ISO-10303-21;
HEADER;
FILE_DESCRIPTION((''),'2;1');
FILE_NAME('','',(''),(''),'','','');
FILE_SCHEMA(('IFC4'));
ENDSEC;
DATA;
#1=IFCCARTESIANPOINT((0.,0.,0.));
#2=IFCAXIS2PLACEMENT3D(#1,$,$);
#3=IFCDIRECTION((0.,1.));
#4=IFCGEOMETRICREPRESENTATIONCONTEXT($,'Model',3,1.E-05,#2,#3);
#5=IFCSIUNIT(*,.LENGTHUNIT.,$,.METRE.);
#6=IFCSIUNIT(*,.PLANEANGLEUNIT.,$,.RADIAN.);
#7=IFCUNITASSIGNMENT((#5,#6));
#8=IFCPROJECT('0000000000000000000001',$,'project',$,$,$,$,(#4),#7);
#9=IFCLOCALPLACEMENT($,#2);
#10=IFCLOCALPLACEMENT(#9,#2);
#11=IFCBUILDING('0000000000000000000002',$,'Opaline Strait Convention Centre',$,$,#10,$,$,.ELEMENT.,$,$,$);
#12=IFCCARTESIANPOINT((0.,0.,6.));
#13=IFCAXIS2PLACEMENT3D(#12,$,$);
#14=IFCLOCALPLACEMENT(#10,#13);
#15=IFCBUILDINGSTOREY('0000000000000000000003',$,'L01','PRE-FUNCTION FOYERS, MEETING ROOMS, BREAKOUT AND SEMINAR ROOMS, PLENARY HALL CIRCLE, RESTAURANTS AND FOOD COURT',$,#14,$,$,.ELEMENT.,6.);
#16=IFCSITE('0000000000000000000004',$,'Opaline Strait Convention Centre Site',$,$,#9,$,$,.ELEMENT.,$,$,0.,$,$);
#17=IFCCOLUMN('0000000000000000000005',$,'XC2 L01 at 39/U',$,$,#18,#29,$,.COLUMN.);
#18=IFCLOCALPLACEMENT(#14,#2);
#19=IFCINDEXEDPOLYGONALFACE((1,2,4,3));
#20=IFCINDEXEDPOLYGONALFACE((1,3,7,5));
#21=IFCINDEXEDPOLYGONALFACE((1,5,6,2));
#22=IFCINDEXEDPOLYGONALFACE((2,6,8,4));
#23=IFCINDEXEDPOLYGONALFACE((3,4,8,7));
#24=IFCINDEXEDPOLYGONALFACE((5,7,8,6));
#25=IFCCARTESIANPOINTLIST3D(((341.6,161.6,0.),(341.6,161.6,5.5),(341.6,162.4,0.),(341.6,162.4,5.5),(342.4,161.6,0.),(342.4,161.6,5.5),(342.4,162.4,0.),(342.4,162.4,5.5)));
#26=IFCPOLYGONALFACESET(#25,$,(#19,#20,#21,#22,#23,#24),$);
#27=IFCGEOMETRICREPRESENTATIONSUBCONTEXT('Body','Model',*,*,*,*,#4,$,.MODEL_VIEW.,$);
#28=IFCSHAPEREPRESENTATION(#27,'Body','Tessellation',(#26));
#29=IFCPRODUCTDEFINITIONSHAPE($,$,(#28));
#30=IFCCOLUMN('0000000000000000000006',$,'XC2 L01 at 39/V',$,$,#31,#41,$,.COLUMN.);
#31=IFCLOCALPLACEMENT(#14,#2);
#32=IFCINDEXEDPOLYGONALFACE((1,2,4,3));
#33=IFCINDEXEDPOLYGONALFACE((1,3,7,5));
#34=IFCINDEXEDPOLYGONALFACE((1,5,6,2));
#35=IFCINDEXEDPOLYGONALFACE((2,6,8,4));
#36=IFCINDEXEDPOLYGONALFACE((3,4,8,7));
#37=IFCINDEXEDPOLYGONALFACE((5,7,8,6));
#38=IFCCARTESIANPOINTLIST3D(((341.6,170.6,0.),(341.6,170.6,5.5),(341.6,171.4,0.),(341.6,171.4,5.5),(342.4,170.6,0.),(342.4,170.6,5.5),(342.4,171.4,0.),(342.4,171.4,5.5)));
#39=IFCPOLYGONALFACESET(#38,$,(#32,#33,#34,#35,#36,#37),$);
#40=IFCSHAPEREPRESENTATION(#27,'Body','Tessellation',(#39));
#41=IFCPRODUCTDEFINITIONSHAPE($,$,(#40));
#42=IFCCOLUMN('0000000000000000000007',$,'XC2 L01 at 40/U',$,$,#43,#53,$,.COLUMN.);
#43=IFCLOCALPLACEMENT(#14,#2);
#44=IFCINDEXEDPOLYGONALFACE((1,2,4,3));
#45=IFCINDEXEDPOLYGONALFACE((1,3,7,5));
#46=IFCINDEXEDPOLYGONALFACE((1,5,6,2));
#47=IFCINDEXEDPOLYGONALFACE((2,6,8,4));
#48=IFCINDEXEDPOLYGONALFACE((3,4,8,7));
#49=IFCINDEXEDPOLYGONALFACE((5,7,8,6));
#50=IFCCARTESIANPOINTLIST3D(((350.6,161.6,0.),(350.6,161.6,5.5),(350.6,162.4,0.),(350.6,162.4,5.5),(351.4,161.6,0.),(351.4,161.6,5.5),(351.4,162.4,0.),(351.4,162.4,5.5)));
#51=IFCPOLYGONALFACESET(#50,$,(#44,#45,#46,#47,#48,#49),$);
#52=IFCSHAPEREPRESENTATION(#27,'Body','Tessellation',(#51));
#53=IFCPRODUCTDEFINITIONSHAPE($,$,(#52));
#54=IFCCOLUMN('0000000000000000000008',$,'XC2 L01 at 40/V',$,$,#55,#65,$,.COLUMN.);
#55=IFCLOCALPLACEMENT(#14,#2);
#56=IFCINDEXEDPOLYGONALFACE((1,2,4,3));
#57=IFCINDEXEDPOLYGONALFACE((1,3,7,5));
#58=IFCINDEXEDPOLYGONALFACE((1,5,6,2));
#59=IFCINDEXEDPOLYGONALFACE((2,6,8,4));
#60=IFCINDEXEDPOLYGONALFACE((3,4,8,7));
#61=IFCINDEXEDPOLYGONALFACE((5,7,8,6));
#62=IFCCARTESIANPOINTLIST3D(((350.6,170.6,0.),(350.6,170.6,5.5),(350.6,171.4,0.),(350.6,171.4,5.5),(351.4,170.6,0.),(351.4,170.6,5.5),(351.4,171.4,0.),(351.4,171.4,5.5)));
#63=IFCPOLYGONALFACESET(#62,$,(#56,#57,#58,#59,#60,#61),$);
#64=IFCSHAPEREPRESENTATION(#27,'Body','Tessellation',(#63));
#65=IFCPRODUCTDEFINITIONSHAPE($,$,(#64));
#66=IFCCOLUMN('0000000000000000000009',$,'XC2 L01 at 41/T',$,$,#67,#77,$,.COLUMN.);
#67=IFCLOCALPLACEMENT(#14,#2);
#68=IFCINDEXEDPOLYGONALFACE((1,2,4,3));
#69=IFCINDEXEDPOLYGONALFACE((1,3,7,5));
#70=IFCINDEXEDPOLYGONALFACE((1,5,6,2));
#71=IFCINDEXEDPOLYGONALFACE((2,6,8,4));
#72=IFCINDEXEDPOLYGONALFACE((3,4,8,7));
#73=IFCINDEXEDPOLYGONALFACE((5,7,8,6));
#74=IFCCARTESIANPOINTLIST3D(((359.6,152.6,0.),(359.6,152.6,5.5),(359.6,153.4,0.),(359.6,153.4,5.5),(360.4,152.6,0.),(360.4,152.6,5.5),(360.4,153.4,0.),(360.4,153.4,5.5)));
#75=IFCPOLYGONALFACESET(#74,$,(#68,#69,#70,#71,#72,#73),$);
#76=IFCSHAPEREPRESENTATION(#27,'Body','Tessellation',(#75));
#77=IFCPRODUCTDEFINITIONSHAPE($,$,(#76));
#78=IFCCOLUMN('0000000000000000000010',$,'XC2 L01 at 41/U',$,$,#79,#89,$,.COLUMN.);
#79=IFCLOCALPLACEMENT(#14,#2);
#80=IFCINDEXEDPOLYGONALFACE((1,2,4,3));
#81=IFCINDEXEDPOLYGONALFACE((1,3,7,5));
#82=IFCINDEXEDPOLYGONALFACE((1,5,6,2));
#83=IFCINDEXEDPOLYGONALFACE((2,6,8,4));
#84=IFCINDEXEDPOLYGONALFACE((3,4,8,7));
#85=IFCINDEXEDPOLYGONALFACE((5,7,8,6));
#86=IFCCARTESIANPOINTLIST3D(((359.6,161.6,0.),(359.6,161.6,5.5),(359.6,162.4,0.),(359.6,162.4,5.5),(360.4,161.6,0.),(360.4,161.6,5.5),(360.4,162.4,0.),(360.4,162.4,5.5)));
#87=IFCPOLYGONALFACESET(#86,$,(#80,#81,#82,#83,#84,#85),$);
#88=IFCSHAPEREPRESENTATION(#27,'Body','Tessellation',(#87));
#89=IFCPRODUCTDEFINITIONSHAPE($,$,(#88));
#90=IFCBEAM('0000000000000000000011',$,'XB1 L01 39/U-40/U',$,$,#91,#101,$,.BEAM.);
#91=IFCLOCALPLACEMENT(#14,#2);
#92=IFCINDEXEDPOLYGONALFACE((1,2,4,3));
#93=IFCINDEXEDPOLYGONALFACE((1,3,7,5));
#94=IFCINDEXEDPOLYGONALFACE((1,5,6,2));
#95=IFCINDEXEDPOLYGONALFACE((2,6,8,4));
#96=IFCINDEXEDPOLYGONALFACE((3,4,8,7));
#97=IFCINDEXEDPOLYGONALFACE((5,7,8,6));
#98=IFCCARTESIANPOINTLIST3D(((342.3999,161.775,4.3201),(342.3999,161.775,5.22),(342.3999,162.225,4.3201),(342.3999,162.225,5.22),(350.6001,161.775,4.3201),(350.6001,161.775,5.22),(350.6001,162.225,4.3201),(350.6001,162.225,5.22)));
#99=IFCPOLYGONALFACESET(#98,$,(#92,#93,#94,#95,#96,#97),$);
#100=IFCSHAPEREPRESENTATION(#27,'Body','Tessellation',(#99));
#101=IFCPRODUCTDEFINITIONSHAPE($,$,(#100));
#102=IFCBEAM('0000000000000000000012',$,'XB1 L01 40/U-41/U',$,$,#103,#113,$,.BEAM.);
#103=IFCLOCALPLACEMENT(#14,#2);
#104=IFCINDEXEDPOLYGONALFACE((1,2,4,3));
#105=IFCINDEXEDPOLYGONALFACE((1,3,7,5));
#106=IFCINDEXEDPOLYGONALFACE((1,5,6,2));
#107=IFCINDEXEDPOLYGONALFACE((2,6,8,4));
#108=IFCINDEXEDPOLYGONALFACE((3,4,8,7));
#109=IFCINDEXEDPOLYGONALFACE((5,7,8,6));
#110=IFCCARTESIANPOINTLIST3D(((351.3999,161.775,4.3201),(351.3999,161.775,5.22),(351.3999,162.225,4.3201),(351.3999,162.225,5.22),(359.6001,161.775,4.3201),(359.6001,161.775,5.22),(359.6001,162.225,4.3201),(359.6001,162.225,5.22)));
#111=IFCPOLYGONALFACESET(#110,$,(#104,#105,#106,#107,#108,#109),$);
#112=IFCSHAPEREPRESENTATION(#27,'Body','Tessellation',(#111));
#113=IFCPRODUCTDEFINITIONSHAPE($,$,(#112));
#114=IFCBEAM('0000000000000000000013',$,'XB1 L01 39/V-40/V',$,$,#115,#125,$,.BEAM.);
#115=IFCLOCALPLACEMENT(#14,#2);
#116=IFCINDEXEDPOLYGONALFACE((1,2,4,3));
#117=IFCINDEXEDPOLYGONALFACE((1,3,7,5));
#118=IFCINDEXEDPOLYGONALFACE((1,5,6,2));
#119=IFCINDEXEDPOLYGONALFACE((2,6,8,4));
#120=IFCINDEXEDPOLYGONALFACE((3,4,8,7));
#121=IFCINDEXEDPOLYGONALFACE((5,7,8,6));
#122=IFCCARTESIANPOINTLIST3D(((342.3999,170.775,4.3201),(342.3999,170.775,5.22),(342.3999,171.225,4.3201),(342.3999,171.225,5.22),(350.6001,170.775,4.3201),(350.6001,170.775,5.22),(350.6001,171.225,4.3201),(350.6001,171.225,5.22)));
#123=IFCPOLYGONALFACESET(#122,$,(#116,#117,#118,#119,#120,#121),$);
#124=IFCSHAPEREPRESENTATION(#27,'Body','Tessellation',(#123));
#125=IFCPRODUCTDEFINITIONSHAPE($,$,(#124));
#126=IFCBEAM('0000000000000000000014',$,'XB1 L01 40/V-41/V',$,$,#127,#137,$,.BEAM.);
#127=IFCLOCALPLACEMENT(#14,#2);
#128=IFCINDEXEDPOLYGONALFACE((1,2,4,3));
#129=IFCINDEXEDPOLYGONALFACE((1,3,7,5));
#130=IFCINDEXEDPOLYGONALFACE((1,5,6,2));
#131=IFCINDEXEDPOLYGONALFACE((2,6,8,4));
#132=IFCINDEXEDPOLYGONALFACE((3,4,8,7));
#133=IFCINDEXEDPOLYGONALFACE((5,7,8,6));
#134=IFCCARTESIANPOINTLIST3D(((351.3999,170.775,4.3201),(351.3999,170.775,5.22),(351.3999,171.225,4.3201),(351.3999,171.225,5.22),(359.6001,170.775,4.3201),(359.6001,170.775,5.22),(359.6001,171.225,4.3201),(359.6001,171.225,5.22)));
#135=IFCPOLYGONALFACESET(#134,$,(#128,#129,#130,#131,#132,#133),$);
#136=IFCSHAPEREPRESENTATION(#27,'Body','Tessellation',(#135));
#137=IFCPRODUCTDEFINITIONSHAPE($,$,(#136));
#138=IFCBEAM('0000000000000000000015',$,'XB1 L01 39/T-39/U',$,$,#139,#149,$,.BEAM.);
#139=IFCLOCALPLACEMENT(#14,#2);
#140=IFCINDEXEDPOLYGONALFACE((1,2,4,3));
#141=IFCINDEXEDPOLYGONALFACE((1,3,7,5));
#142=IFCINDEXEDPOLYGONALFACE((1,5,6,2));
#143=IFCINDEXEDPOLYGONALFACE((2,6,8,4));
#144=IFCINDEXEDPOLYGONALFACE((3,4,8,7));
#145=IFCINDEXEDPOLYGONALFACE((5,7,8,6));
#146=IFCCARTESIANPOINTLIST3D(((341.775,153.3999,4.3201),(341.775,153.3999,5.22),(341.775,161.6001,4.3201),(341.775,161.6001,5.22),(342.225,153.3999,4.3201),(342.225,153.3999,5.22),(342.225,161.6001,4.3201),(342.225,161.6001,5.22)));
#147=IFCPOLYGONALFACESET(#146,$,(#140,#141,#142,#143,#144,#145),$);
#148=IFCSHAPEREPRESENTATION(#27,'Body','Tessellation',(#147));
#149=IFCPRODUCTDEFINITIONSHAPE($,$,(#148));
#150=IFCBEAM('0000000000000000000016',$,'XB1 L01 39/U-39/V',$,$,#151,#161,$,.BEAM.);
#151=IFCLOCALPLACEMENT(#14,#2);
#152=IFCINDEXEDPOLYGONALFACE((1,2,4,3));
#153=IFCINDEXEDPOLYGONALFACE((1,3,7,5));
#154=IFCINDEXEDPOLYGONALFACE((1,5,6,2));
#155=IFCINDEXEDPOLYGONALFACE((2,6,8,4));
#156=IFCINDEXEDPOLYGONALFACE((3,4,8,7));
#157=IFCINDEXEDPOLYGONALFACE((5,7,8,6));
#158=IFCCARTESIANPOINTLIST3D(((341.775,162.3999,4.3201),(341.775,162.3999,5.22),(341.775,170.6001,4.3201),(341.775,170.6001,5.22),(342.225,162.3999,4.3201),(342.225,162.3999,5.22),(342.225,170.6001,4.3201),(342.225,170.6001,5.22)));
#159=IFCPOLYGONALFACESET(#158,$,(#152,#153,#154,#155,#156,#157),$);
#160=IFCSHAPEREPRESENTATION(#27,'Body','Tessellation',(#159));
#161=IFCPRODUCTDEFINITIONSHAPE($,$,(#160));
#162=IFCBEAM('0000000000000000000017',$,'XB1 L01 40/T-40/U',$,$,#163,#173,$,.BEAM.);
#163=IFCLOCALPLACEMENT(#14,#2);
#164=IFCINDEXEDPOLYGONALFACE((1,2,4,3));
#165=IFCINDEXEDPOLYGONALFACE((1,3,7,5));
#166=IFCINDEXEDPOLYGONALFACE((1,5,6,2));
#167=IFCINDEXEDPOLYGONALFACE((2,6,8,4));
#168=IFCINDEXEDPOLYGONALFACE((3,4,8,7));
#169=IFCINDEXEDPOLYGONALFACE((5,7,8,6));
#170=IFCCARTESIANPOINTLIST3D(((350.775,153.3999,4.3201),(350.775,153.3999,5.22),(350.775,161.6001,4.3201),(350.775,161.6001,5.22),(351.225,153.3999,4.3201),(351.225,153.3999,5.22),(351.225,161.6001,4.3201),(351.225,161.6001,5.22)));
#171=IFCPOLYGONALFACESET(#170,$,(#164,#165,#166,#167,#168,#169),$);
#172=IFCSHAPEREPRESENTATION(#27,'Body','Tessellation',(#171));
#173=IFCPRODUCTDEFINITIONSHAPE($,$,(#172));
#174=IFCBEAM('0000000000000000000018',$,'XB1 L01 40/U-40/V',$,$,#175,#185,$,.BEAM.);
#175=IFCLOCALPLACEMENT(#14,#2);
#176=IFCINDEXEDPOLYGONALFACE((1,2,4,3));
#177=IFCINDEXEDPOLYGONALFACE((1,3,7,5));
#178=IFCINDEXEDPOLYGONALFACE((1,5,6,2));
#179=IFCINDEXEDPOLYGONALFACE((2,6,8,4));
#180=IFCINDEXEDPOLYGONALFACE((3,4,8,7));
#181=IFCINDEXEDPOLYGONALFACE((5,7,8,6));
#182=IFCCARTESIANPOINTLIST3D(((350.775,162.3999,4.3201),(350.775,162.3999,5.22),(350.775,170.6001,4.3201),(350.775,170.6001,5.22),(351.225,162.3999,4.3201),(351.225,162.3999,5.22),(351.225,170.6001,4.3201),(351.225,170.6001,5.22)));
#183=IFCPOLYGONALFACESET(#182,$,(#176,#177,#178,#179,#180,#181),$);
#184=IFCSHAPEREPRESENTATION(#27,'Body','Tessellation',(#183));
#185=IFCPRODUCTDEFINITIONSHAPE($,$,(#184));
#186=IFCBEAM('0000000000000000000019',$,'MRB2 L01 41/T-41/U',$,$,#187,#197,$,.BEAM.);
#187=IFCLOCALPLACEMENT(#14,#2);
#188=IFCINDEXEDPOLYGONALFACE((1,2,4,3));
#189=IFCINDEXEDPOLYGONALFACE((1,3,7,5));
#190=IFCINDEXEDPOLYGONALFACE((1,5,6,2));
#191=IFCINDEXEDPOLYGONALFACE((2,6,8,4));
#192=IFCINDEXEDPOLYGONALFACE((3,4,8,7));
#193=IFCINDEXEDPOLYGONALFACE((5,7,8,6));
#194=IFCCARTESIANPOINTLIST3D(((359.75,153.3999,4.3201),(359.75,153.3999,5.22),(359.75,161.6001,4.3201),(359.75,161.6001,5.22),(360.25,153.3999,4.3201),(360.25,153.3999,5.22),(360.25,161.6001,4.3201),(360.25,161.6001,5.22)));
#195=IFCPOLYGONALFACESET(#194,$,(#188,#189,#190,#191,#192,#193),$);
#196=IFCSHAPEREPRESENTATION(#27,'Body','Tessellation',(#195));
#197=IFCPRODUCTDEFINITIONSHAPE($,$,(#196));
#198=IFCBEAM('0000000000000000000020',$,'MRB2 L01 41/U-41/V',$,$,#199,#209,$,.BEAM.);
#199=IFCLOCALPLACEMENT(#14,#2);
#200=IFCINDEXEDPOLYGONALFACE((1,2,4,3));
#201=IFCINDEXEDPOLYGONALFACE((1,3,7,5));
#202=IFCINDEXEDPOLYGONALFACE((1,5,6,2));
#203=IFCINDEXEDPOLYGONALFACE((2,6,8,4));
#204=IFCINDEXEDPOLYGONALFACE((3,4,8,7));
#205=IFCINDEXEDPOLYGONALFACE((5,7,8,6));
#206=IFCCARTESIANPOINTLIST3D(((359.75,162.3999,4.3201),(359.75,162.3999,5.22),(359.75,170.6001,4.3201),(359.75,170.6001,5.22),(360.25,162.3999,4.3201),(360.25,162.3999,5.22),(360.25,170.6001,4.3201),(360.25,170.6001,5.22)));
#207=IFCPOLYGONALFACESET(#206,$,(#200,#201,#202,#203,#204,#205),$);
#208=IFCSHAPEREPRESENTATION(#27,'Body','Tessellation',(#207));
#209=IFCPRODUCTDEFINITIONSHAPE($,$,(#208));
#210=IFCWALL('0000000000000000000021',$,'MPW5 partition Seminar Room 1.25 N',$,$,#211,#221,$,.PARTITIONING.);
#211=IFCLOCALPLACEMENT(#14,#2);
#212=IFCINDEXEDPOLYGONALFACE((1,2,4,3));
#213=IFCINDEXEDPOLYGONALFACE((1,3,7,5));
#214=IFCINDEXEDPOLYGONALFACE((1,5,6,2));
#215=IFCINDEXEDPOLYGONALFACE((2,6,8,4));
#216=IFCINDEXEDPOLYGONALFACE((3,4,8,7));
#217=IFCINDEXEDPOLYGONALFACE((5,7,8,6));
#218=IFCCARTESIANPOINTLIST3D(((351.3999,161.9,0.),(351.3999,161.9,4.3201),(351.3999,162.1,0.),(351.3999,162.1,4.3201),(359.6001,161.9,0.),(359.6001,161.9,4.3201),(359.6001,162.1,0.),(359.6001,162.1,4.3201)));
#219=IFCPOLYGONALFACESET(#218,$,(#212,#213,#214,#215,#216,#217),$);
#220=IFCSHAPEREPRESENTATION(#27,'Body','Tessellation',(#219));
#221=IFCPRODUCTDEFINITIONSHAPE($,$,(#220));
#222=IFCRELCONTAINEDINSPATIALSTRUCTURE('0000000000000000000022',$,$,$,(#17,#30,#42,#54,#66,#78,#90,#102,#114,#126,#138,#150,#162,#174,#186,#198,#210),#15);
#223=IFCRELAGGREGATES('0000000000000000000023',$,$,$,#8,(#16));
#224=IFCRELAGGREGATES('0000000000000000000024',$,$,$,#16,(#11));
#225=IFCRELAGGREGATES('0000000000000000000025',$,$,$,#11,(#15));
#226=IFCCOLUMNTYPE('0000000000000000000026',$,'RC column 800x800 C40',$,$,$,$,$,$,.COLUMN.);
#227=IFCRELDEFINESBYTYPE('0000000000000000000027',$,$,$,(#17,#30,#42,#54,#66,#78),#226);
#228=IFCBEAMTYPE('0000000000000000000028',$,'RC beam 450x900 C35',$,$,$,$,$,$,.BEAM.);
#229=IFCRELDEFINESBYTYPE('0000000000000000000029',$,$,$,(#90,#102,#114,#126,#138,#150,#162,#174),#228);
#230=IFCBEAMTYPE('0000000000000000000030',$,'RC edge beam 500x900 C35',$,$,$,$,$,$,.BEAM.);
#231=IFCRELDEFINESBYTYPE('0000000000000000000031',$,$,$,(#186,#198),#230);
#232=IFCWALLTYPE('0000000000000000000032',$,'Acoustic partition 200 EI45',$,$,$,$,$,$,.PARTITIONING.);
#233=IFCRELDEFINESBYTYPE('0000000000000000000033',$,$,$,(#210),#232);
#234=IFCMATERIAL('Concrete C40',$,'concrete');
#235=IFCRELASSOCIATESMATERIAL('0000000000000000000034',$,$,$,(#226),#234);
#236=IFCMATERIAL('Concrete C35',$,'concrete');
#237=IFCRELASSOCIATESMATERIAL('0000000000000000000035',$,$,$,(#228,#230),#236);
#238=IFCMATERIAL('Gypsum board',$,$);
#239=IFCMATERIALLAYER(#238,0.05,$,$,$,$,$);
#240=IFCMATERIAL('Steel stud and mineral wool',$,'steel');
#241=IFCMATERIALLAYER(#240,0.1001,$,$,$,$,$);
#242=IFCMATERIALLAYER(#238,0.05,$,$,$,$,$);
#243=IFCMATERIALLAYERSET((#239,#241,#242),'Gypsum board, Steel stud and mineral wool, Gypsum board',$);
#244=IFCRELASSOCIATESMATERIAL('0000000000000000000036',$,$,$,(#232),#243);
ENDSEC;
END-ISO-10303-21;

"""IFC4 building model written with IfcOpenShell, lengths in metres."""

from ifc_helpers import new_model, si_unit, direction, frame, frame_2d, origin, origin_2d, place, context, subcontext, project, spatial, rectangle, extrude, material, layer, layer_set, material_profile, profile_set, type_object, element, save


model = new_model("IFC4")

# Units and contexts
model_context = context("Model", 3, precision=1e-05, world=origin(), true_north=direction((0.0, 1.0)))
body_context = subcontext(model_context, "Body", "Model", "MODEL_VIEW")
ifc_project = project(units=[si_unit("LENGTHUNIT", "METRE"), si_unit("PLANEANGLEUNIT", "RADIAN")], contexts=[model_context])

# Site, building, storey
site_placement = place(None, origin())
site = spatial("IfcSite", under=ifc_project, at=site_placement, Name="Opaline Strait Convention Centre Site", CompositionType="ELEMENT", RefElevation=0.0)
building_placement = place(site_placement, origin())
building = spatial("IfcBuilding", under=site, at=building_placement, Name="Opaline Strait Convention Centre", CompositionType="ELEMENT")
storey_placement = place(building_placement, frame((0.0, 0.0, 6.0)))
storey = spatial("IfcBuildingStorey", under=building, at=storey_placement, Name="L01", Description="PRE-FUNCTION FOYERS, MEETING ROOMS, BREAKOUT AND SEMINAR ROOMS, PLENARY HALL CIRCLE, RESTAURANTS AND FOOD COURT", CompositionType="ELEMENT", Elevation=6.0)

# Columns
ifc_material_1 = material(Name="Concrete C40", Category="concrete")
ifc_material_profile_1 = material_profile(ifc_material_1, rectangle(XDim=0.8, YDim=0.8, at=origin_2d()), Name="RC 800x800")
ifc_profile_set_1 = profile_set([ifc_material_profile_1], Name="Concrete C40")
column_type = type_object("IfcColumnType", Name="RC column 800x800 C40", PredefinedType="COLUMN", material=ifc_profile_set_1)
for number, where, z_axis, x_axis, name in (
    (1, (342.0, 162.0, 0.0), (0.0, 0.0, 1.0), (1.0, 0.0, 0.0), "XC2 L01 at 39/U"),
    (2, (342.0, 171.0, 0.0), (0.0, 0.0, 1.0), (1.0, 0.0, 0.0), "XC2 L01 at 39/V"),
    (3, (351.0, 162.0, 0.0), (0.0, 0.0, 1.0), (1.0, 0.0, 0.0), "XC2 L01 at 40/U"),
    (4, (351.0, 171.0, 0.0), (0.0, 0.0, 1.0), (1.0, 0.0, 0.0), "XC2 L01 at 40/V"),
    (5, (360.0, 153.0, 0.0), (0.0, 0.0, 1.0), (1.0, 0.0, 0.0), "XC2 L01 at 41/T"),
    (6, (360.0, 162.0, 0.0), (0.0, 0.0, 1.0), (1.0, 0.0, 0.0), "XC2 L01 at 41/U"),
):
    element("IfcColumn", number, at=place(storey_placement, frame(where, z_axis=z_axis, x_axis=x_axis)), inside=storey, type_object=column_type, Name=name, PredefinedType="COLUMN", context=body_context, shape_type="SweptSolid", body=[
        extrude(rectangle(XDim=0.8, YDim=0.8, at=origin_2d()), origin(), (0.0, 0.0, 1.0), 5.5),
    ])

# Beams
ifc_material_2 = material(Name="Concrete C35", Category="concrete")
ifc_material_profile_2 = material_profile(ifc_material_2, rectangle(XDim=0.45, YDim=0.8999, at=origin_2d()), Name="RC 450x900")
ifc_profile_set_2 = profile_set([ifc_material_profile_2], Name="Concrete C35")
beam_type_1 = type_object("IfcBeamType", Name="RC beam 450x900 C35", PredefinedType="BEAM", material=ifc_profile_set_2)
for number, where, z_axis, x_axis, name in (
    (7, (342.3999, 162.0, 4.77), (1.0, 0.0, 0.0), (0.0, 1.0, 0.0), "XB1 L01 39/U-40/U"),
    (8, (351.3999, 162.0, 4.77), (1.0, 0.0, 0.0), (0.0, 1.0, 0.0), "XB1 L01 40/U-41/U"),
    (9, (342.3999, 171.0, 4.77), (1.0, 0.0, 0.0), (0.0, 1.0, 0.0), "XB1 L01 39/V-40/V"),
    (10, (351.3999, 171.0, 4.77), (1.0, 0.0, 0.0), (0.0, 1.0, 0.0), "XB1 L01 40/V-41/V"),
    (11, (342.0, 153.3999, 4.77), (0.0, 1.0, 0.0), (-1.0, 0.0, 0.0), "XB1 L01 39/T-39/U"),
    (12, (342.0, 162.3999, 4.77), (0.0, 1.0, 0.0), (-1.0, 0.0, 0.0), "XB1 L01 39/U-39/V"),
    (13, (351.0, 153.3999, 4.77), (0.0, 1.0, 0.0), (-1.0, 0.0, 0.0), "XB1 L01 40/T-40/U"),
    (14, (351.0, 162.3999, 4.77), (0.0, 1.0, 0.0), (-1.0, 0.0, 0.0), "XB1 L01 40/U-40/V"),
):
    element("IfcBeam", number, at=place(storey_placement, frame(where, z_axis=z_axis, x_axis=x_axis)), inside=storey, type_object=beam_type_1, Name=name, PredefinedType="BEAM", context=body_context, shape_type="SweptSolid", body=[
        extrude(rectangle(XDim=0.45, YDim=0.8999, at=origin_2d()), origin(), (0.0, 0.0, 1.0), 8.2002),
    ])
ifc_material_profile_3 = material_profile(ifc_material_2, rectangle(XDim=0.5, YDim=0.8999, at=origin_2d()), Name="RC 500x900")
ifc_profile_set_3 = profile_set([ifc_material_profile_3], Name="Concrete C35")
beam_type_2 = type_object("IfcBeamType", Name="RC edge beam 500x900 C35", PredefinedType="BEAM", material=ifc_profile_set_3)
for number, where, z_axis, x_axis, name in (
    (15, (360.0, 153.3999, 4.77), (0.0, 1.0, 0.0), (-1.0, 0.0, 0.0), "MRB2 L01 41/T-41/U"),
    (16, (360.0, 162.3999, 4.77), (0.0, 1.0, 0.0), (-1.0, 0.0, 0.0), "MRB2 L01 41/U-41/V"),
):
    element("IfcBeam", number, at=place(storey_placement, frame(where, z_axis=z_axis, x_axis=x_axis)), inside=storey, type_object=beam_type_2, Name=name, PredefinedType="BEAM", context=body_context, shape_type="SweptSolid", body=[
        extrude(rectangle(XDim=0.5, YDim=0.8999, at=origin_2d()), origin(), (0.0, 0.0, 1.0), 8.2002),
    ])

# Wall
ifc_material_3 = material(Name="Gypsum board")
ifc_layer_1 = layer(ifc_material_3, 0.05)
ifc_material_4 = material(Name="Steel stud and mineral wool", Category="steel")
ifc_layer_2 = layer(ifc_material_4, 0.1001)
ifc_layer_3 = layer(ifc_material_3, 0.05)
ifc_layer_set_1 = layer_set([ifc_layer_1, ifc_layer_2, ifc_layer_3], Name="Gypsum board, Steel stud and mineral wool, Gypsum board")
wall_type_1 = type_object("IfcWallType", Name="Acoustic partition 200 EI45", PredefinedType="PARTITIONING", material=ifc_layer_set_1)
wall_1_placement = place(storey_placement, frame((351.3999, 162.0, 0.0), z_axis=(0.0, 0.0, 1.0), x_axis=(1.0, 0.0, 0.0)))
element("IfcWall", 17, at=wall_1_placement, inside=storey, type_object=wall_type_1, Name="MPW5 partition Seminar Room 1.25 N", PredefinedType="PARTITIONING", context=body_context, shape_type="SweptSolid", body=[
    extrude(rectangle(XDim=8.2002, YDim=0.2, at=frame_2d((4.1001, 0.0))), origin(), (0.0, 0.0, 1.0), 4.3201),
])

save(model, "model.ifc")
